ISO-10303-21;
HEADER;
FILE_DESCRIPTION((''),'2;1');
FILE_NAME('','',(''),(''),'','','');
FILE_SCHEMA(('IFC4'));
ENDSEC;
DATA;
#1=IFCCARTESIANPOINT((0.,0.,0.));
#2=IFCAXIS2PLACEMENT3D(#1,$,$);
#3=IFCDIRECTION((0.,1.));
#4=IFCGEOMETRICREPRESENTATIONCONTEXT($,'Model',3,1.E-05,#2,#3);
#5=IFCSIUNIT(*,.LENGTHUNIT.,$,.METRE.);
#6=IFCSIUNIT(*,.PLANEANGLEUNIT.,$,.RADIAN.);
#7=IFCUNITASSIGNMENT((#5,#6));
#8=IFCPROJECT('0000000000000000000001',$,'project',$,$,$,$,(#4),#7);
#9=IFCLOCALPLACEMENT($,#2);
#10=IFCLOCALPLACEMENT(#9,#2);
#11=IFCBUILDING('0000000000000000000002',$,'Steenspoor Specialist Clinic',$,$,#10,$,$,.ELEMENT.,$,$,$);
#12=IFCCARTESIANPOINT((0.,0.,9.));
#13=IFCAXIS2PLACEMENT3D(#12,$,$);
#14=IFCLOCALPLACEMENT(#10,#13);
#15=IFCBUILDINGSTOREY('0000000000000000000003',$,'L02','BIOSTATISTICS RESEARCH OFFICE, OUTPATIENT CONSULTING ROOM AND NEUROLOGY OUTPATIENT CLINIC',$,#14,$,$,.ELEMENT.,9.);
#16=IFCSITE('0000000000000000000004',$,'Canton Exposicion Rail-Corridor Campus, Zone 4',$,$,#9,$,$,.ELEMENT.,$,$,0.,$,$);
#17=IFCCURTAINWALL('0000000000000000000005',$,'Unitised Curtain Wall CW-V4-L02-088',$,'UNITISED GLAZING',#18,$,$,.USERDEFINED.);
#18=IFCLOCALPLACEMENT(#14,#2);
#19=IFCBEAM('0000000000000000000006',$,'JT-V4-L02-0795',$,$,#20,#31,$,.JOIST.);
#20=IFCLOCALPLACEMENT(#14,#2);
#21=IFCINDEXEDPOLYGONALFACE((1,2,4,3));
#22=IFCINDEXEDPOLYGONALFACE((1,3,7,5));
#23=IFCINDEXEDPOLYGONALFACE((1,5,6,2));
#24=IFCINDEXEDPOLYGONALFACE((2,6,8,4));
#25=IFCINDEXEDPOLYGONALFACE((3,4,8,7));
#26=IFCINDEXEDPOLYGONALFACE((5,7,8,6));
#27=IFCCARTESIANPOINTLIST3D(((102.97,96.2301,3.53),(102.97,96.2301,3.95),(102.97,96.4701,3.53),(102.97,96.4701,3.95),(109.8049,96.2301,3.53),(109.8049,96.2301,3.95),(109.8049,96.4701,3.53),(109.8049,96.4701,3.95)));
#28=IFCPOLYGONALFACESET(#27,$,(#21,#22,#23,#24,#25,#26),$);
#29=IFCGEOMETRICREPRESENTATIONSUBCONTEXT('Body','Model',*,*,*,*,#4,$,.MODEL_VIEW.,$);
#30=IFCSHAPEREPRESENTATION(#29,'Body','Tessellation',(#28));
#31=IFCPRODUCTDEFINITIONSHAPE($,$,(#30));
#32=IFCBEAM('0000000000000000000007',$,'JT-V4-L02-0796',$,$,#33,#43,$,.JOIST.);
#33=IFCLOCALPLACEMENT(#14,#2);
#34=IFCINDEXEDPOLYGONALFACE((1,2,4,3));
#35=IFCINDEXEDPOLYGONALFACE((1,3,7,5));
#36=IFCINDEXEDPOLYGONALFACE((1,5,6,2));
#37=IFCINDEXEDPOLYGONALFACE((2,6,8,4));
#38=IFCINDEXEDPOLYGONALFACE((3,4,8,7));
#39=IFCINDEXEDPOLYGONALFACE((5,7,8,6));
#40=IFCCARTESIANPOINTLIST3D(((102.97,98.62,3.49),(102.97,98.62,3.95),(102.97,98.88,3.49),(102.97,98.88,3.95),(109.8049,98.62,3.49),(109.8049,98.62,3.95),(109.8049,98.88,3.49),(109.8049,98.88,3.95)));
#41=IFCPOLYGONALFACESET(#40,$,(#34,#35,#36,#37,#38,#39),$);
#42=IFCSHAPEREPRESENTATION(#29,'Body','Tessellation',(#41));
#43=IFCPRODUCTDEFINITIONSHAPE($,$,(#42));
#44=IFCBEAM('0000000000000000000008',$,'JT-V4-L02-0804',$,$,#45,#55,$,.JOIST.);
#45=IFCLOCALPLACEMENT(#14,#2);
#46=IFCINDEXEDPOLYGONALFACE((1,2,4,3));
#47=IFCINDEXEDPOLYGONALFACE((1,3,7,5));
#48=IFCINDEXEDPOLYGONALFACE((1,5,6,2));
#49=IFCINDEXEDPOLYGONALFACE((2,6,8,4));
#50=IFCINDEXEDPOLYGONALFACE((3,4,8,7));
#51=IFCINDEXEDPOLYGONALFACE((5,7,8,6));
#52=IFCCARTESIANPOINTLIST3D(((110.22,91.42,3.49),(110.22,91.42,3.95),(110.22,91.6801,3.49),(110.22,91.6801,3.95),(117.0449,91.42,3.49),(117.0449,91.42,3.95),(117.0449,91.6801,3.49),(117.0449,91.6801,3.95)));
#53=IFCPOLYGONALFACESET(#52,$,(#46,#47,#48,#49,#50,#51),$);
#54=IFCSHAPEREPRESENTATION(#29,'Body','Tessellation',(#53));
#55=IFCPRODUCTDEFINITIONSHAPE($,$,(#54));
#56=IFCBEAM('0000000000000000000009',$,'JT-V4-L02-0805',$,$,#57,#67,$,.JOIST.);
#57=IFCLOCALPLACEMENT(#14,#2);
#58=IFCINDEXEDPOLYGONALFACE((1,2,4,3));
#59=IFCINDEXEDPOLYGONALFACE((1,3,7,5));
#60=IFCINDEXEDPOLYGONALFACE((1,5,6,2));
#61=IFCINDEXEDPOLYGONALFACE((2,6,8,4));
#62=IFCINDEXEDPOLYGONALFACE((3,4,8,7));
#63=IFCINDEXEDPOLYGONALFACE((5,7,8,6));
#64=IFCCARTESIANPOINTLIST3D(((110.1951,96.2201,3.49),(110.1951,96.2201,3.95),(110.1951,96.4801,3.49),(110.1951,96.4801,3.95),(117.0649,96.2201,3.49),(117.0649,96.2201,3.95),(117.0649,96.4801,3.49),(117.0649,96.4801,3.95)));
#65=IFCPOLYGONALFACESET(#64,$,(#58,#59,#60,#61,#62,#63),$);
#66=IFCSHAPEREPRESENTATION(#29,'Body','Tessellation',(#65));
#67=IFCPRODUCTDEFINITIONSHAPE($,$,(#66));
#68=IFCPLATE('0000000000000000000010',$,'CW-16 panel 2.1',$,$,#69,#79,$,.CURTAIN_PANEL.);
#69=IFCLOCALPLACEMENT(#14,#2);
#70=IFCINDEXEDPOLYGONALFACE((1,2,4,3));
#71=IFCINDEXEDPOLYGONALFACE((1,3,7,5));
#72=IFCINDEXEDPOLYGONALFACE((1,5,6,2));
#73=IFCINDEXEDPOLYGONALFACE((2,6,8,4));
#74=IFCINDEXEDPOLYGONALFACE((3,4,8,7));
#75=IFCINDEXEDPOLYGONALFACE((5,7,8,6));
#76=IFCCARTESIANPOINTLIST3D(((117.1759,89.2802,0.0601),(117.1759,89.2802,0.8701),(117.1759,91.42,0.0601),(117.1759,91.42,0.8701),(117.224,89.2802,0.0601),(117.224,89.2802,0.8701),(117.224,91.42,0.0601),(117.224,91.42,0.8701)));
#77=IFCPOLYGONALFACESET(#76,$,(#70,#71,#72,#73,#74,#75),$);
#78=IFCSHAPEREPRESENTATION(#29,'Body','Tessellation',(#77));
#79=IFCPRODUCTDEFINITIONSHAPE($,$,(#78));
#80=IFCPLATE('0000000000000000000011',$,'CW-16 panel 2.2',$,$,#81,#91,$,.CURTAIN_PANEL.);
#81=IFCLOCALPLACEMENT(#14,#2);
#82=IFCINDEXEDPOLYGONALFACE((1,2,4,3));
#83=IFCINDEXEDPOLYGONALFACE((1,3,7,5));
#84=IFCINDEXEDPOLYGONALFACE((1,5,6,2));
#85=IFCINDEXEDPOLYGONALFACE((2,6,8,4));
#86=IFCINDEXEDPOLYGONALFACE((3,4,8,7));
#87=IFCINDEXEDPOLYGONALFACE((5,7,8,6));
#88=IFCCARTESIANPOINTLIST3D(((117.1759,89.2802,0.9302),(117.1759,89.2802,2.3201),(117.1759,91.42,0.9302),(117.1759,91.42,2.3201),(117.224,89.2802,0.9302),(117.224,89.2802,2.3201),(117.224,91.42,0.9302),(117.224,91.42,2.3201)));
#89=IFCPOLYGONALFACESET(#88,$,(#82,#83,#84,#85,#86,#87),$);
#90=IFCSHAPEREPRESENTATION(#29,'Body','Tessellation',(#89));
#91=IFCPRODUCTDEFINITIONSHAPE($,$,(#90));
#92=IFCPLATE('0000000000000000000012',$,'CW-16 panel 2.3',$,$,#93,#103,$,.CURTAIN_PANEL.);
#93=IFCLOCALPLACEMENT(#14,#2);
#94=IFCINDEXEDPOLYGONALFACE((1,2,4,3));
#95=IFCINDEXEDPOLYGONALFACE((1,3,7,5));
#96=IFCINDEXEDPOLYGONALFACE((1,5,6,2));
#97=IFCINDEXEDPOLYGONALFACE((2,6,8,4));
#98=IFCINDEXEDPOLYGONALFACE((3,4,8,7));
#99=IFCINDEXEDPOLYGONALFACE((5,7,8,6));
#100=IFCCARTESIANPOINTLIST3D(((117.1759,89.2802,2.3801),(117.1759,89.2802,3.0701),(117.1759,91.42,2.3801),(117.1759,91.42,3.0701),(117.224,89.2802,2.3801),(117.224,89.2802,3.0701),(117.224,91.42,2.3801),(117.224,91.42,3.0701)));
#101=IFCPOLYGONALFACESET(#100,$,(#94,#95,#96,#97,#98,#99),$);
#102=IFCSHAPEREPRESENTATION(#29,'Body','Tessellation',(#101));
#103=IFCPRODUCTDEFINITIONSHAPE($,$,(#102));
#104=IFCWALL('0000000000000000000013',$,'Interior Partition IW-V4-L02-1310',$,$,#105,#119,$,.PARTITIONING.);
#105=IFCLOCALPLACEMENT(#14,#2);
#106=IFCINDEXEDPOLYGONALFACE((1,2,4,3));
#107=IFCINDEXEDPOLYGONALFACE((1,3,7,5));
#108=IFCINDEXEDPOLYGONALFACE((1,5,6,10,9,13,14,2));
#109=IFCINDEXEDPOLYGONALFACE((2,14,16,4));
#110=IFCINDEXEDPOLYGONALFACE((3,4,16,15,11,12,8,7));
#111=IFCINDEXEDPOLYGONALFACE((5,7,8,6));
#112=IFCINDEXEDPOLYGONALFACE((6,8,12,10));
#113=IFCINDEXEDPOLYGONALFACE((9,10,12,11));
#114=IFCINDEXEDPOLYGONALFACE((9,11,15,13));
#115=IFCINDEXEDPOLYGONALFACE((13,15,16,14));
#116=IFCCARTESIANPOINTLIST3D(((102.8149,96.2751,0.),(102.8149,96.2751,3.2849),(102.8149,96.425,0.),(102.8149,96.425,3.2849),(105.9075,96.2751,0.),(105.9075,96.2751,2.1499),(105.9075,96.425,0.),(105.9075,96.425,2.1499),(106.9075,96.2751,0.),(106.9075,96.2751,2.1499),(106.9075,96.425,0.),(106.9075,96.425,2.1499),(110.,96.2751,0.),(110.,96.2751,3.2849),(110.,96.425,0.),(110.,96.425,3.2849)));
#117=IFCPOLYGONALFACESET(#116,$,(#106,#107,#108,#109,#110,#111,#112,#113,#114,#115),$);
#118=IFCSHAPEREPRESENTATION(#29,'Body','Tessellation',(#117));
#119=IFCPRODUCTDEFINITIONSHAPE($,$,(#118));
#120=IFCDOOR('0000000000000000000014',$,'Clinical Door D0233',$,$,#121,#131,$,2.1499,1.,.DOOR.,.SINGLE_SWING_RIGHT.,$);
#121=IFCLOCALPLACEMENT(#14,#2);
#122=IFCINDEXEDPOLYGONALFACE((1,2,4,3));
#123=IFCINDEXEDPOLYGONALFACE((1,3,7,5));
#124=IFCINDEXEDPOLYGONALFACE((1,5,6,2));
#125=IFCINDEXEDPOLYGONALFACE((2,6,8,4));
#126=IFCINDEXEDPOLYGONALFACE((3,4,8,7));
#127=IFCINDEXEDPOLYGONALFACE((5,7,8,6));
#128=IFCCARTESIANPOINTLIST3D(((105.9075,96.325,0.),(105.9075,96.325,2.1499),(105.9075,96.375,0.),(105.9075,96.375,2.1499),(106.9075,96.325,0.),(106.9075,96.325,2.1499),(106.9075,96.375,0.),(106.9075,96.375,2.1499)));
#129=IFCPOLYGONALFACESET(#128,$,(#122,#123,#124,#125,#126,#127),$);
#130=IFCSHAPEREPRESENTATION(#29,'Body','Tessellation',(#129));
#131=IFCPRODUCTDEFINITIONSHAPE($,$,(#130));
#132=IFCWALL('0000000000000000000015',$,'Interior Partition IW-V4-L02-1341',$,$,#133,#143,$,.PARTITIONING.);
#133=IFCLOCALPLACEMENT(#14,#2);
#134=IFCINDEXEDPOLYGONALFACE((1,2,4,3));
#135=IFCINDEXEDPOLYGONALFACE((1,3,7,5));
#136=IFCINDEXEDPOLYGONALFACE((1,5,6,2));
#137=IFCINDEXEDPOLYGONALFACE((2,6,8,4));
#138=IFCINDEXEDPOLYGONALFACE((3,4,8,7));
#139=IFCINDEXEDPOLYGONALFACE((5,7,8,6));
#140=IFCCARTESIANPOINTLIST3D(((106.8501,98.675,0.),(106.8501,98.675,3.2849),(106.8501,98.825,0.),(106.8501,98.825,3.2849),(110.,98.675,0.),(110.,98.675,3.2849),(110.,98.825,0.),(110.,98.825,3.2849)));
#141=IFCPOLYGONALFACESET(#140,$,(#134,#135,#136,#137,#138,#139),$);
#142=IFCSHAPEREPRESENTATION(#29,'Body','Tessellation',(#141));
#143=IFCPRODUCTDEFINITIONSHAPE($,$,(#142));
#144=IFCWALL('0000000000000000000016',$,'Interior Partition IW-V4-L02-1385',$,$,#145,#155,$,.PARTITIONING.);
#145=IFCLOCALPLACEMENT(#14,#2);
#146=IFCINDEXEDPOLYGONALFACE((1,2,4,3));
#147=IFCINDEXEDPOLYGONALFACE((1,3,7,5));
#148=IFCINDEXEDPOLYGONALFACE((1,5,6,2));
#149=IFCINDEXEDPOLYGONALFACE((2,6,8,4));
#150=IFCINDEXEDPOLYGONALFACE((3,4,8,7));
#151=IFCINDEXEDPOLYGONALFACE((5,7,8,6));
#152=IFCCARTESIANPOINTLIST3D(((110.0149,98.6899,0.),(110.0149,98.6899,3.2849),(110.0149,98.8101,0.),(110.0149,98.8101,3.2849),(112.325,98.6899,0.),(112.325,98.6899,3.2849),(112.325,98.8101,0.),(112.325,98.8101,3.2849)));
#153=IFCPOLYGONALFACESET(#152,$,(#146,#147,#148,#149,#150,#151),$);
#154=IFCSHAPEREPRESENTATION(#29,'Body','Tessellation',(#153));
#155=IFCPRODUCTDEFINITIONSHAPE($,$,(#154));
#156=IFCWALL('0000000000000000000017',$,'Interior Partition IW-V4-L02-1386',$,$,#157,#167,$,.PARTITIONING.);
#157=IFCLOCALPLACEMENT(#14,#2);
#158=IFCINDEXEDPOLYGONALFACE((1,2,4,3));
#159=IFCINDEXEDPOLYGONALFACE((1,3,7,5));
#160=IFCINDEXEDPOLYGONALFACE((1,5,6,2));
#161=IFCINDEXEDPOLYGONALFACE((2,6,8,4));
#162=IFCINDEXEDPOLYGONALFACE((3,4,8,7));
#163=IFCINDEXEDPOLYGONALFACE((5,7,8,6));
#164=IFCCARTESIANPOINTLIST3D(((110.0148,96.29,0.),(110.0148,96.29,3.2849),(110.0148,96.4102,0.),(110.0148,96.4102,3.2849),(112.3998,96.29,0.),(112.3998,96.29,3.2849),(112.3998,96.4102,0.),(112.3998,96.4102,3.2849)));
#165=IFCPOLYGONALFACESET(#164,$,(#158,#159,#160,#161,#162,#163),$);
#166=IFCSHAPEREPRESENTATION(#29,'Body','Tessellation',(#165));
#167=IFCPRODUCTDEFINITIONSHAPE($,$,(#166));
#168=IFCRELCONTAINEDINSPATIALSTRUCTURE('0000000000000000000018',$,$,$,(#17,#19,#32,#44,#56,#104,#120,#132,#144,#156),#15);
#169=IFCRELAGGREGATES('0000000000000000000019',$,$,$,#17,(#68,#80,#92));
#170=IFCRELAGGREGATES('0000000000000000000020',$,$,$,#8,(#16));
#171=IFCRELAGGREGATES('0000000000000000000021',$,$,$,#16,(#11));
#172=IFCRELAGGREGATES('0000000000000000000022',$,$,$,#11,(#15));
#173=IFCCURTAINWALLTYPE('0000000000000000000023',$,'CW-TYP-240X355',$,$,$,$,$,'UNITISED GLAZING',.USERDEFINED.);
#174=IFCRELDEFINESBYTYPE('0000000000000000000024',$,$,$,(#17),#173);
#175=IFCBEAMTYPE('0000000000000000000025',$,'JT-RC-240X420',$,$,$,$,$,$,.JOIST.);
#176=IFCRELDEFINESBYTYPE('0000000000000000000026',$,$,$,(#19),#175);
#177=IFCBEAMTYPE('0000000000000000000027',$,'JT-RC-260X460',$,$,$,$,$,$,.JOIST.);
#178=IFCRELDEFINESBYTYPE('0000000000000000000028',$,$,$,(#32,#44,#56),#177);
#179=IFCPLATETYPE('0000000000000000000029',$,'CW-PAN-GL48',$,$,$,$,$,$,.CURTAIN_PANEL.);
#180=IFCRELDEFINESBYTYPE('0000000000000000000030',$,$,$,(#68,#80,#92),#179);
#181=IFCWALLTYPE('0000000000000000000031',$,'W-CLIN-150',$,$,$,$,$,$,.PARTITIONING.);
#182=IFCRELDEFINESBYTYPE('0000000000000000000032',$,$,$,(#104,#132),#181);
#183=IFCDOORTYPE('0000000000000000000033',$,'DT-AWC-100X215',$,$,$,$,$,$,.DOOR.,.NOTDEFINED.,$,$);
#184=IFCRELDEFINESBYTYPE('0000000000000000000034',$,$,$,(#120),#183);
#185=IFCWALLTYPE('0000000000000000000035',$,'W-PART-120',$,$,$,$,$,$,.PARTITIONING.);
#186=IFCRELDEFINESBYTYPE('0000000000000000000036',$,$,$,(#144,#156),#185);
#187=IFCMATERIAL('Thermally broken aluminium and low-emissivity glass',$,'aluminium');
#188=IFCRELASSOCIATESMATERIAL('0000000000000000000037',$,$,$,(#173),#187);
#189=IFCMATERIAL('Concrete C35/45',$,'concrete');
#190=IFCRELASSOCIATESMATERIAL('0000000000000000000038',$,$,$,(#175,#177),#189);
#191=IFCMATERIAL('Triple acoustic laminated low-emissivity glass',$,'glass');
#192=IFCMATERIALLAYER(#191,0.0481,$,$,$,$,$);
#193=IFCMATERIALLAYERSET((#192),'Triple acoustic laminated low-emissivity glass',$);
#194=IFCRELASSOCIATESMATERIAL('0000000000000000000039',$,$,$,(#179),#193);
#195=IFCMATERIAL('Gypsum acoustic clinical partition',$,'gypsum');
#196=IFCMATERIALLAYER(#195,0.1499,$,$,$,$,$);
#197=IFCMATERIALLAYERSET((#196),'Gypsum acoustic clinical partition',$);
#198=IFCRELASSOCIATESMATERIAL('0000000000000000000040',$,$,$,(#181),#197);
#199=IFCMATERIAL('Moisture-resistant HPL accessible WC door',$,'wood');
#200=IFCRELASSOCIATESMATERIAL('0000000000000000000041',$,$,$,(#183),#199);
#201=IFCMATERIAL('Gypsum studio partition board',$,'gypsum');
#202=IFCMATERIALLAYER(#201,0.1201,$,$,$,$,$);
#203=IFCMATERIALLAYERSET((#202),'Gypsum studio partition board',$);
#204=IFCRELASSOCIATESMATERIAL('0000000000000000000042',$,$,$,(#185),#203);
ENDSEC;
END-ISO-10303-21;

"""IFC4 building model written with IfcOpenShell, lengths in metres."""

from ifc_helpers import new_model, si_unit, direction, frame, frame_2d, origin, origin_2d, place, context, subcontext, project, spatial, rectangle, extrude, material, layer, layer_set, material_profile, profile_set, type_object, element, fill, aggregate, save


model = new_model("IFC4")

# Units and contexts
model_context = context("Model", 3, precision=1e-05, world=origin(), true_north=direction((0.0, 1.0)))
body_context = subcontext(model_context, "Body", "Model", "MODEL_VIEW")
ifc_project = project(units=[si_unit("LENGTHUNIT", "METRE"), si_unit("PLANEANGLEUNIT", "RADIAN")], contexts=[model_context])

# Site, building, storey
site_placement = place(None, origin())
site = spatial("IfcSite", under=ifc_project, at=site_placement, Name="Canton Exposicion Rail-Corridor Campus, Zone 4", CompositionType="ELEMENT", RefElevation=0.0)
building_placement = place(site_placement, origin())
building = spatial("IfcBuilding", under=site, at=building_placement, Name="Steenspoor Specialist Clinic", CompositionType="ELEMENT")
storey_placement = place(building_placement, frame((0.0, 0.0, 9.0)))
storey = spatial("IfcBuildingStorey", under=building, at=storey_placement, Name="L02", Description="BIOSTATISTICS RESEARCH OFFICE, OUTPATIENT CONSULTING ROOM AND NEUROLOGY OUTPATIENT CLINIC", CompositionType="ELEMENT", Elevation=9.0)

# Shared definitions
ifc_material_1 = material(Name="Concrete C35/45", Category="concrete")

# Curtain wall
ifc_material_2 = material(Name="Thermally broken aluminium and low-emissivity glass", Category="aluminium")
curtain_wall_type = type_object("IfcCurtainWallType", Name="CW-TYP-240X355", ElementType="UNITISED GLAZING", PredefinedType="USERDEFINED", material=ifc_material_2)
curtain_wall_placement = place(storey_placement, origin())
curtain_wall = element("IfcCurtainWall", 1, at=curtain_wall_placement, inside=storey, type_object=curtain_wall_type, Name="Unitised Curtain Wall CW-V4-L02-088", ObjectType="UNITISED GLAZING", PredefinedType="USERDEFINED")

# Beams
ifc_material_profile_1 = material_profile(ifc_material_1, rectangle(XDim=0.24, YDim=0.4199, at=origin_2d()), Name="RC-JT-240X420")
ifc_profile_set_1 = profile_set([ifc_material_profile_1], Name="Concrete C35/45")
beam_type_1 = type_object("IfcBeamType", Name="JT-RC-240X420", PredefinedType="JOIST", material=ifc_profile_set_1)
beam_1_placement = place(storey_placement, frame((102.97, 96.3501, 3.74), z_axis=(1.0, 0.0, 0.0), x_axis=(0.0, 1.0, 0.0)))
element("IfcBeam", 2, at=beam_1_placement, inside=storey, type_object=beam_type_1, Name="JT-V4-L02-0795", PredefinedType="JOIST", context=body_context, shape_type="SweptSolid", body=[
    extrude(rectangle(XDim=0.24, YDim=0.4199, at=origin_2d()), origin(), (0.0, 0.0, 1.0), 6.835),
])
ifc_material_profile_2 = material_profile(ifc_material_1, rectangle(XDim=0.26, YDim=0.46, at=origin_2d()), Name="RC-JT-260X460")
ifc_profile_set_2 = profile_set([ifc_material_profile_2], Name="Concrete C35/45")
beam_type_2 = type_object("IfcBeamType", Name="JT-RC-260X460", PredefinedType="JOIST", material=ifc_profile_set_2)
beam_2_placement = place(storey_placement, frame((102.97, 98.75, 3.72), z_axis=(1.0, 0.0, 0.0), x_axis=(0.0, 1.0, 0.0)))
element("IfcBeam", 3, at=beam_2_placement, inside=storey, type_object=beam_type_2, Name="JT-V4-L02-0796", PredefinedType="JOIST", context=body_context, shape_type="SweptSolid", body=[
    extrude(rectangle(XDim=0.26, YDim=0.46, at=origin_2d()), origin(), (0.0, 0.0, 1.0), 6.835),
])
beam_3_placement = place(storey_placement, frame((110.22, 91.55, 3.72), z_axis=(1.0, 0.0, 0.0), x_axis=(0.0, 1.0, 0.0)))
element("IfcBeam", 4, at=beam_3_placement, inside=storey, type_object=beam_type_2, Name="JT-V4-L02-0804", PredefinedType="JOIST", context=body_context, shape_type="SweptSolid", body=[
    extrude(rectangle(XDim=0.26, YDim=0.46, at=origin_2d()), origin(), (0.0, 0.0, 1.0), 6.825),
])
beam_4_placement = place(storey_placement, frame((110.1951, 96.3501, 3.72), z_axis=(1.0, 0.0, 0.0), x_axis=(0.0, 1.0, 0.0)))
element("IfcBeam", 5, at=beam_4_placement, inside=storey, type_object=beam_type_2, Name="JT-V4-L02-0805", PredefinedType="JOIST", context=body_context, shape_type="SweptSolid", body=[
    extrude(rectangle(XDim=0.26, YDim=0.46, at=origin_2d()), origin(), (0.0, 0.0, 1.0), 6.8699),
])

# Plates
ifc_material_3 = material(Name="Triple acoustic laminated low-emissivity glass", Category="glass")
ifc_layer_1 = layer(ifc_material_3, 0.0481)
ifc_layer_set_1 = layer_set([ifc_layer_1], Name="Triple acoustic laminated low-emissivity glass")
plate_type = type_object("IfcPlateType", Name="CW-PAN-GL48", PredefinedType="CURTAIN_PANEL", material=ifc_layer_set_1)
plate_1_placement = place(storey_placement, frame((117.2, 90.3501, 0.0601), z_axis=(0.0, 0.0, 1.0), x_axis=(0.0, -1.0, 0.0)))
plate_1 = element("IfcPlate", 6, at=plate_1_placement, type_object=plate_type, Name="CW-16 panel 2.1", PredefinedType="CURTAIN_PANEL", context=body_context, shape_type="SweptSolid", body=[
    extrude(rectangle(XDim=2.1399, YDim=0.0481, at=origin_2d()), origin(), (0.0, 0.0, 1.0), 0.8101),
])
plate_2_placement = place(storey_placement, frame((117.2, 90.3501, 0.9302), z_axis=(0.0, 0.0, 1.0), x_axis=(0.0, -1.0, 0.0)))
plate_2 = element("IfcPlate", 7, at=plate_2_placement, type_object=plate_type, Name="CW-16 panel 2.2", PredefinedType="CURTAIN_PANEL", context=body_context, shape_type="SweptSolid", body=[
    extrude(rectangle(XDim=2.1399, YDim=0.0481, at=origin_2d()), origin(), (0.0, 0.0, 1.0), 1.3899),
])
plate_3_placement = place(storey_placement, frame((117.2, 90.3501, 2.3801), z_axis=(0.0, 0.0, 1.0), x_axis=(0.0, -1.0, 0.0)))
plate_3 = element("IfcPlate", 8, at=plate_3_placement, type_object=plate_type, Name="CW-16 panel 2.3", PredefinedType="CURTAIN_PANEL", context=body_context, shape_type="SweptSolid", body=[
    extrude(rectangle(XDim=2.1399, YDim=0.0481, at=origin_2d()), origin(), (0.0, 0.0, 1.0), 0.6899),
])
aggregate(curtain_wall, [plate_1, plate_2, plate_3])

# Wall, opening, door
ifc_material_4 = material(Name="Gypsum acoustic clinical partition", Category="gypsum")
ifc_layer_2 = layer(ifc_material_4, 0.1499)
ifc_layer_set_2 = layer_set([ifc_layer_2], Name="Gypsum acoustic clinical partition")
wall_type_1 = type_object("IfcWallType", Name="W-CLIN-150", PredefinedType="PARTITIONING", material=ifc_layer_set_2)
wall_1_placement = place(storey_placement, frame((102.8149, 96.3501, 0.0), z_axis=(0.0, 0.0, 1.0), x_axis=(1.0, 0.0, 0.0)))
wall_1 = element("IfcWall", 9, at=wall_1_placement, inside=storey, type_object=wall_type_1, Name="Interior Partition IW-V4-L02-1310", PredefinedType="PARTITIONING", context=body_context, shape_type="SweptSolid", body=[
    extrude(rectangle(XDim=7.1851, YDim=0.1499, at=frame_2d((3.5925, 0.0))), origin(), (0.0, 0.0, 1.0), 3.2849),
])
opening_placement = place(wall_1_placement, frame((3.0925, 0.0, 0.0)))
opening = element("IfcOpeningElement", 10, at=opening_placement, cuts=wall_1, PredefinedType="OPENING", context=body_context, shape_type="SweptSolid", body=[
    extrude(rectangle(XDim=1.0, YDim=2.1499, at=frame_2d((0.5, 1.075))), frame((0.0, 0.085, 0.0), z_axis=(0.0, -1.0, 0.0), x_axis=(1.0, 0.0, 0.0)), (0.0, 0.0, 1.0), 0.1699),
])
ifc_material_5 = material(Name="Moisture-resistant HPL accessible WC door", Category="wood")
door_type = type_object("IfcDoorType", Name="DT-AWC-100X215", OperationType="NOTDEFINED", PredefinedType="DOOR", material=ifc_material_5)
door_placement = place(opening_placement, origin())
door = element("IfcDoor", 11, at=door_placement, inside=storey, type_object=door_type, Name="Clinical Door D0233", OperationType="SINGLE_SWING_RIGHT", OverallHeight=2.1499, OverallWidth=1.0, PredefinedType="DOOR", context=body_context, shape_type="SweptSolid", body=[
    extrude(rectangle(XDim=1.0, YDim=2.1499, at=frame_2d((0.5, 1.075))), frame((0.0, 0.0249, 0.0), z_axis=(0.0, -1.0, 0.0), x_axis=(1.0, 0.0, 0.0)), (0.0, 0.0, 1.0), 0.05),
])
fill(opening, door)

# Walls
wall_2_placement = place(storey_placement, frame((106.8501, 98.75, 0.0), z_axis=(0.0, 0.0, 1.0), x_axis=(1.0, 0.0, 0.0)))
element("IfcWall", 12, at=wall_2_placement, inside=storey, type_object=wall_type_1, Name="Interior Partition IW-V4-L02-1341", PredefinedType="PARTITIONING", context=body_context, shape_type="SweptSolid", body=[
    extrude(rectangle(XDim=3.1499, YDim=0.1499, at=frame_2d((1.575, 0.0))), origin(), (0.0, 0.0, 1.0), 3.2849),
])
ifc_material_6 = material(Name="Gypsum studio partition board", Category="gypsum")
ifc_layer_3 = layer(ifc_material_6, 0.1201)
ifc_layer_set_3 = layer_set([ifc_layer_3], Name="Gypsum studio partition board")
wall_type_2 = type_object("IfcWallType", Name="W-PART-120", PredefinedType="PARTITIONING", material=ifc_layer_set_3)
wall_3_placement = place(storey_placement, frame((110.0149, 98.75, 0.0), z_axis=(0.0, 0.0, 1.0), x_axis=(1.0, 0.0, 0.0)))
element("IfcWall", 13, at=wall_3_placement, inside=storey, type_object=wall_type_2, Name="Interior Partition IW-V4-L02-1385", PredefinedType="PARTITIONING", context=body_context, shape_type="SweptSolid", body=[
    extrude(rectangle(XDim=2.3101, YDim=0.1201, at=frame_2d((1.155, 0.0))), origin(), (0.0, 0.0, 1.0), 3.2849),
])
wall_4_placement = place(storey_placement, frame((110.0149, 96.3501, 0.0), z_axis=(0.0, 0.0, 1.0), x_axis=(1.0, 0.0, 0.0)))
element("IfcWall", 14, at=wall_4_placement, inside=storey, type_object=wall_type_2, Name="Interior Partition IW-V4-L02-1386", PredefinedType="PARTITIONING", context=body_context, shape_type="SweptSolid", body=[
    extrude(rectangle(XDim=2.385, YDim=0.1201, at=frame_2d((1.1924, 0.0))), origin(), (0.0, 0.0, 1.0), 3.2849),
])

save(model, "model.ifc")
